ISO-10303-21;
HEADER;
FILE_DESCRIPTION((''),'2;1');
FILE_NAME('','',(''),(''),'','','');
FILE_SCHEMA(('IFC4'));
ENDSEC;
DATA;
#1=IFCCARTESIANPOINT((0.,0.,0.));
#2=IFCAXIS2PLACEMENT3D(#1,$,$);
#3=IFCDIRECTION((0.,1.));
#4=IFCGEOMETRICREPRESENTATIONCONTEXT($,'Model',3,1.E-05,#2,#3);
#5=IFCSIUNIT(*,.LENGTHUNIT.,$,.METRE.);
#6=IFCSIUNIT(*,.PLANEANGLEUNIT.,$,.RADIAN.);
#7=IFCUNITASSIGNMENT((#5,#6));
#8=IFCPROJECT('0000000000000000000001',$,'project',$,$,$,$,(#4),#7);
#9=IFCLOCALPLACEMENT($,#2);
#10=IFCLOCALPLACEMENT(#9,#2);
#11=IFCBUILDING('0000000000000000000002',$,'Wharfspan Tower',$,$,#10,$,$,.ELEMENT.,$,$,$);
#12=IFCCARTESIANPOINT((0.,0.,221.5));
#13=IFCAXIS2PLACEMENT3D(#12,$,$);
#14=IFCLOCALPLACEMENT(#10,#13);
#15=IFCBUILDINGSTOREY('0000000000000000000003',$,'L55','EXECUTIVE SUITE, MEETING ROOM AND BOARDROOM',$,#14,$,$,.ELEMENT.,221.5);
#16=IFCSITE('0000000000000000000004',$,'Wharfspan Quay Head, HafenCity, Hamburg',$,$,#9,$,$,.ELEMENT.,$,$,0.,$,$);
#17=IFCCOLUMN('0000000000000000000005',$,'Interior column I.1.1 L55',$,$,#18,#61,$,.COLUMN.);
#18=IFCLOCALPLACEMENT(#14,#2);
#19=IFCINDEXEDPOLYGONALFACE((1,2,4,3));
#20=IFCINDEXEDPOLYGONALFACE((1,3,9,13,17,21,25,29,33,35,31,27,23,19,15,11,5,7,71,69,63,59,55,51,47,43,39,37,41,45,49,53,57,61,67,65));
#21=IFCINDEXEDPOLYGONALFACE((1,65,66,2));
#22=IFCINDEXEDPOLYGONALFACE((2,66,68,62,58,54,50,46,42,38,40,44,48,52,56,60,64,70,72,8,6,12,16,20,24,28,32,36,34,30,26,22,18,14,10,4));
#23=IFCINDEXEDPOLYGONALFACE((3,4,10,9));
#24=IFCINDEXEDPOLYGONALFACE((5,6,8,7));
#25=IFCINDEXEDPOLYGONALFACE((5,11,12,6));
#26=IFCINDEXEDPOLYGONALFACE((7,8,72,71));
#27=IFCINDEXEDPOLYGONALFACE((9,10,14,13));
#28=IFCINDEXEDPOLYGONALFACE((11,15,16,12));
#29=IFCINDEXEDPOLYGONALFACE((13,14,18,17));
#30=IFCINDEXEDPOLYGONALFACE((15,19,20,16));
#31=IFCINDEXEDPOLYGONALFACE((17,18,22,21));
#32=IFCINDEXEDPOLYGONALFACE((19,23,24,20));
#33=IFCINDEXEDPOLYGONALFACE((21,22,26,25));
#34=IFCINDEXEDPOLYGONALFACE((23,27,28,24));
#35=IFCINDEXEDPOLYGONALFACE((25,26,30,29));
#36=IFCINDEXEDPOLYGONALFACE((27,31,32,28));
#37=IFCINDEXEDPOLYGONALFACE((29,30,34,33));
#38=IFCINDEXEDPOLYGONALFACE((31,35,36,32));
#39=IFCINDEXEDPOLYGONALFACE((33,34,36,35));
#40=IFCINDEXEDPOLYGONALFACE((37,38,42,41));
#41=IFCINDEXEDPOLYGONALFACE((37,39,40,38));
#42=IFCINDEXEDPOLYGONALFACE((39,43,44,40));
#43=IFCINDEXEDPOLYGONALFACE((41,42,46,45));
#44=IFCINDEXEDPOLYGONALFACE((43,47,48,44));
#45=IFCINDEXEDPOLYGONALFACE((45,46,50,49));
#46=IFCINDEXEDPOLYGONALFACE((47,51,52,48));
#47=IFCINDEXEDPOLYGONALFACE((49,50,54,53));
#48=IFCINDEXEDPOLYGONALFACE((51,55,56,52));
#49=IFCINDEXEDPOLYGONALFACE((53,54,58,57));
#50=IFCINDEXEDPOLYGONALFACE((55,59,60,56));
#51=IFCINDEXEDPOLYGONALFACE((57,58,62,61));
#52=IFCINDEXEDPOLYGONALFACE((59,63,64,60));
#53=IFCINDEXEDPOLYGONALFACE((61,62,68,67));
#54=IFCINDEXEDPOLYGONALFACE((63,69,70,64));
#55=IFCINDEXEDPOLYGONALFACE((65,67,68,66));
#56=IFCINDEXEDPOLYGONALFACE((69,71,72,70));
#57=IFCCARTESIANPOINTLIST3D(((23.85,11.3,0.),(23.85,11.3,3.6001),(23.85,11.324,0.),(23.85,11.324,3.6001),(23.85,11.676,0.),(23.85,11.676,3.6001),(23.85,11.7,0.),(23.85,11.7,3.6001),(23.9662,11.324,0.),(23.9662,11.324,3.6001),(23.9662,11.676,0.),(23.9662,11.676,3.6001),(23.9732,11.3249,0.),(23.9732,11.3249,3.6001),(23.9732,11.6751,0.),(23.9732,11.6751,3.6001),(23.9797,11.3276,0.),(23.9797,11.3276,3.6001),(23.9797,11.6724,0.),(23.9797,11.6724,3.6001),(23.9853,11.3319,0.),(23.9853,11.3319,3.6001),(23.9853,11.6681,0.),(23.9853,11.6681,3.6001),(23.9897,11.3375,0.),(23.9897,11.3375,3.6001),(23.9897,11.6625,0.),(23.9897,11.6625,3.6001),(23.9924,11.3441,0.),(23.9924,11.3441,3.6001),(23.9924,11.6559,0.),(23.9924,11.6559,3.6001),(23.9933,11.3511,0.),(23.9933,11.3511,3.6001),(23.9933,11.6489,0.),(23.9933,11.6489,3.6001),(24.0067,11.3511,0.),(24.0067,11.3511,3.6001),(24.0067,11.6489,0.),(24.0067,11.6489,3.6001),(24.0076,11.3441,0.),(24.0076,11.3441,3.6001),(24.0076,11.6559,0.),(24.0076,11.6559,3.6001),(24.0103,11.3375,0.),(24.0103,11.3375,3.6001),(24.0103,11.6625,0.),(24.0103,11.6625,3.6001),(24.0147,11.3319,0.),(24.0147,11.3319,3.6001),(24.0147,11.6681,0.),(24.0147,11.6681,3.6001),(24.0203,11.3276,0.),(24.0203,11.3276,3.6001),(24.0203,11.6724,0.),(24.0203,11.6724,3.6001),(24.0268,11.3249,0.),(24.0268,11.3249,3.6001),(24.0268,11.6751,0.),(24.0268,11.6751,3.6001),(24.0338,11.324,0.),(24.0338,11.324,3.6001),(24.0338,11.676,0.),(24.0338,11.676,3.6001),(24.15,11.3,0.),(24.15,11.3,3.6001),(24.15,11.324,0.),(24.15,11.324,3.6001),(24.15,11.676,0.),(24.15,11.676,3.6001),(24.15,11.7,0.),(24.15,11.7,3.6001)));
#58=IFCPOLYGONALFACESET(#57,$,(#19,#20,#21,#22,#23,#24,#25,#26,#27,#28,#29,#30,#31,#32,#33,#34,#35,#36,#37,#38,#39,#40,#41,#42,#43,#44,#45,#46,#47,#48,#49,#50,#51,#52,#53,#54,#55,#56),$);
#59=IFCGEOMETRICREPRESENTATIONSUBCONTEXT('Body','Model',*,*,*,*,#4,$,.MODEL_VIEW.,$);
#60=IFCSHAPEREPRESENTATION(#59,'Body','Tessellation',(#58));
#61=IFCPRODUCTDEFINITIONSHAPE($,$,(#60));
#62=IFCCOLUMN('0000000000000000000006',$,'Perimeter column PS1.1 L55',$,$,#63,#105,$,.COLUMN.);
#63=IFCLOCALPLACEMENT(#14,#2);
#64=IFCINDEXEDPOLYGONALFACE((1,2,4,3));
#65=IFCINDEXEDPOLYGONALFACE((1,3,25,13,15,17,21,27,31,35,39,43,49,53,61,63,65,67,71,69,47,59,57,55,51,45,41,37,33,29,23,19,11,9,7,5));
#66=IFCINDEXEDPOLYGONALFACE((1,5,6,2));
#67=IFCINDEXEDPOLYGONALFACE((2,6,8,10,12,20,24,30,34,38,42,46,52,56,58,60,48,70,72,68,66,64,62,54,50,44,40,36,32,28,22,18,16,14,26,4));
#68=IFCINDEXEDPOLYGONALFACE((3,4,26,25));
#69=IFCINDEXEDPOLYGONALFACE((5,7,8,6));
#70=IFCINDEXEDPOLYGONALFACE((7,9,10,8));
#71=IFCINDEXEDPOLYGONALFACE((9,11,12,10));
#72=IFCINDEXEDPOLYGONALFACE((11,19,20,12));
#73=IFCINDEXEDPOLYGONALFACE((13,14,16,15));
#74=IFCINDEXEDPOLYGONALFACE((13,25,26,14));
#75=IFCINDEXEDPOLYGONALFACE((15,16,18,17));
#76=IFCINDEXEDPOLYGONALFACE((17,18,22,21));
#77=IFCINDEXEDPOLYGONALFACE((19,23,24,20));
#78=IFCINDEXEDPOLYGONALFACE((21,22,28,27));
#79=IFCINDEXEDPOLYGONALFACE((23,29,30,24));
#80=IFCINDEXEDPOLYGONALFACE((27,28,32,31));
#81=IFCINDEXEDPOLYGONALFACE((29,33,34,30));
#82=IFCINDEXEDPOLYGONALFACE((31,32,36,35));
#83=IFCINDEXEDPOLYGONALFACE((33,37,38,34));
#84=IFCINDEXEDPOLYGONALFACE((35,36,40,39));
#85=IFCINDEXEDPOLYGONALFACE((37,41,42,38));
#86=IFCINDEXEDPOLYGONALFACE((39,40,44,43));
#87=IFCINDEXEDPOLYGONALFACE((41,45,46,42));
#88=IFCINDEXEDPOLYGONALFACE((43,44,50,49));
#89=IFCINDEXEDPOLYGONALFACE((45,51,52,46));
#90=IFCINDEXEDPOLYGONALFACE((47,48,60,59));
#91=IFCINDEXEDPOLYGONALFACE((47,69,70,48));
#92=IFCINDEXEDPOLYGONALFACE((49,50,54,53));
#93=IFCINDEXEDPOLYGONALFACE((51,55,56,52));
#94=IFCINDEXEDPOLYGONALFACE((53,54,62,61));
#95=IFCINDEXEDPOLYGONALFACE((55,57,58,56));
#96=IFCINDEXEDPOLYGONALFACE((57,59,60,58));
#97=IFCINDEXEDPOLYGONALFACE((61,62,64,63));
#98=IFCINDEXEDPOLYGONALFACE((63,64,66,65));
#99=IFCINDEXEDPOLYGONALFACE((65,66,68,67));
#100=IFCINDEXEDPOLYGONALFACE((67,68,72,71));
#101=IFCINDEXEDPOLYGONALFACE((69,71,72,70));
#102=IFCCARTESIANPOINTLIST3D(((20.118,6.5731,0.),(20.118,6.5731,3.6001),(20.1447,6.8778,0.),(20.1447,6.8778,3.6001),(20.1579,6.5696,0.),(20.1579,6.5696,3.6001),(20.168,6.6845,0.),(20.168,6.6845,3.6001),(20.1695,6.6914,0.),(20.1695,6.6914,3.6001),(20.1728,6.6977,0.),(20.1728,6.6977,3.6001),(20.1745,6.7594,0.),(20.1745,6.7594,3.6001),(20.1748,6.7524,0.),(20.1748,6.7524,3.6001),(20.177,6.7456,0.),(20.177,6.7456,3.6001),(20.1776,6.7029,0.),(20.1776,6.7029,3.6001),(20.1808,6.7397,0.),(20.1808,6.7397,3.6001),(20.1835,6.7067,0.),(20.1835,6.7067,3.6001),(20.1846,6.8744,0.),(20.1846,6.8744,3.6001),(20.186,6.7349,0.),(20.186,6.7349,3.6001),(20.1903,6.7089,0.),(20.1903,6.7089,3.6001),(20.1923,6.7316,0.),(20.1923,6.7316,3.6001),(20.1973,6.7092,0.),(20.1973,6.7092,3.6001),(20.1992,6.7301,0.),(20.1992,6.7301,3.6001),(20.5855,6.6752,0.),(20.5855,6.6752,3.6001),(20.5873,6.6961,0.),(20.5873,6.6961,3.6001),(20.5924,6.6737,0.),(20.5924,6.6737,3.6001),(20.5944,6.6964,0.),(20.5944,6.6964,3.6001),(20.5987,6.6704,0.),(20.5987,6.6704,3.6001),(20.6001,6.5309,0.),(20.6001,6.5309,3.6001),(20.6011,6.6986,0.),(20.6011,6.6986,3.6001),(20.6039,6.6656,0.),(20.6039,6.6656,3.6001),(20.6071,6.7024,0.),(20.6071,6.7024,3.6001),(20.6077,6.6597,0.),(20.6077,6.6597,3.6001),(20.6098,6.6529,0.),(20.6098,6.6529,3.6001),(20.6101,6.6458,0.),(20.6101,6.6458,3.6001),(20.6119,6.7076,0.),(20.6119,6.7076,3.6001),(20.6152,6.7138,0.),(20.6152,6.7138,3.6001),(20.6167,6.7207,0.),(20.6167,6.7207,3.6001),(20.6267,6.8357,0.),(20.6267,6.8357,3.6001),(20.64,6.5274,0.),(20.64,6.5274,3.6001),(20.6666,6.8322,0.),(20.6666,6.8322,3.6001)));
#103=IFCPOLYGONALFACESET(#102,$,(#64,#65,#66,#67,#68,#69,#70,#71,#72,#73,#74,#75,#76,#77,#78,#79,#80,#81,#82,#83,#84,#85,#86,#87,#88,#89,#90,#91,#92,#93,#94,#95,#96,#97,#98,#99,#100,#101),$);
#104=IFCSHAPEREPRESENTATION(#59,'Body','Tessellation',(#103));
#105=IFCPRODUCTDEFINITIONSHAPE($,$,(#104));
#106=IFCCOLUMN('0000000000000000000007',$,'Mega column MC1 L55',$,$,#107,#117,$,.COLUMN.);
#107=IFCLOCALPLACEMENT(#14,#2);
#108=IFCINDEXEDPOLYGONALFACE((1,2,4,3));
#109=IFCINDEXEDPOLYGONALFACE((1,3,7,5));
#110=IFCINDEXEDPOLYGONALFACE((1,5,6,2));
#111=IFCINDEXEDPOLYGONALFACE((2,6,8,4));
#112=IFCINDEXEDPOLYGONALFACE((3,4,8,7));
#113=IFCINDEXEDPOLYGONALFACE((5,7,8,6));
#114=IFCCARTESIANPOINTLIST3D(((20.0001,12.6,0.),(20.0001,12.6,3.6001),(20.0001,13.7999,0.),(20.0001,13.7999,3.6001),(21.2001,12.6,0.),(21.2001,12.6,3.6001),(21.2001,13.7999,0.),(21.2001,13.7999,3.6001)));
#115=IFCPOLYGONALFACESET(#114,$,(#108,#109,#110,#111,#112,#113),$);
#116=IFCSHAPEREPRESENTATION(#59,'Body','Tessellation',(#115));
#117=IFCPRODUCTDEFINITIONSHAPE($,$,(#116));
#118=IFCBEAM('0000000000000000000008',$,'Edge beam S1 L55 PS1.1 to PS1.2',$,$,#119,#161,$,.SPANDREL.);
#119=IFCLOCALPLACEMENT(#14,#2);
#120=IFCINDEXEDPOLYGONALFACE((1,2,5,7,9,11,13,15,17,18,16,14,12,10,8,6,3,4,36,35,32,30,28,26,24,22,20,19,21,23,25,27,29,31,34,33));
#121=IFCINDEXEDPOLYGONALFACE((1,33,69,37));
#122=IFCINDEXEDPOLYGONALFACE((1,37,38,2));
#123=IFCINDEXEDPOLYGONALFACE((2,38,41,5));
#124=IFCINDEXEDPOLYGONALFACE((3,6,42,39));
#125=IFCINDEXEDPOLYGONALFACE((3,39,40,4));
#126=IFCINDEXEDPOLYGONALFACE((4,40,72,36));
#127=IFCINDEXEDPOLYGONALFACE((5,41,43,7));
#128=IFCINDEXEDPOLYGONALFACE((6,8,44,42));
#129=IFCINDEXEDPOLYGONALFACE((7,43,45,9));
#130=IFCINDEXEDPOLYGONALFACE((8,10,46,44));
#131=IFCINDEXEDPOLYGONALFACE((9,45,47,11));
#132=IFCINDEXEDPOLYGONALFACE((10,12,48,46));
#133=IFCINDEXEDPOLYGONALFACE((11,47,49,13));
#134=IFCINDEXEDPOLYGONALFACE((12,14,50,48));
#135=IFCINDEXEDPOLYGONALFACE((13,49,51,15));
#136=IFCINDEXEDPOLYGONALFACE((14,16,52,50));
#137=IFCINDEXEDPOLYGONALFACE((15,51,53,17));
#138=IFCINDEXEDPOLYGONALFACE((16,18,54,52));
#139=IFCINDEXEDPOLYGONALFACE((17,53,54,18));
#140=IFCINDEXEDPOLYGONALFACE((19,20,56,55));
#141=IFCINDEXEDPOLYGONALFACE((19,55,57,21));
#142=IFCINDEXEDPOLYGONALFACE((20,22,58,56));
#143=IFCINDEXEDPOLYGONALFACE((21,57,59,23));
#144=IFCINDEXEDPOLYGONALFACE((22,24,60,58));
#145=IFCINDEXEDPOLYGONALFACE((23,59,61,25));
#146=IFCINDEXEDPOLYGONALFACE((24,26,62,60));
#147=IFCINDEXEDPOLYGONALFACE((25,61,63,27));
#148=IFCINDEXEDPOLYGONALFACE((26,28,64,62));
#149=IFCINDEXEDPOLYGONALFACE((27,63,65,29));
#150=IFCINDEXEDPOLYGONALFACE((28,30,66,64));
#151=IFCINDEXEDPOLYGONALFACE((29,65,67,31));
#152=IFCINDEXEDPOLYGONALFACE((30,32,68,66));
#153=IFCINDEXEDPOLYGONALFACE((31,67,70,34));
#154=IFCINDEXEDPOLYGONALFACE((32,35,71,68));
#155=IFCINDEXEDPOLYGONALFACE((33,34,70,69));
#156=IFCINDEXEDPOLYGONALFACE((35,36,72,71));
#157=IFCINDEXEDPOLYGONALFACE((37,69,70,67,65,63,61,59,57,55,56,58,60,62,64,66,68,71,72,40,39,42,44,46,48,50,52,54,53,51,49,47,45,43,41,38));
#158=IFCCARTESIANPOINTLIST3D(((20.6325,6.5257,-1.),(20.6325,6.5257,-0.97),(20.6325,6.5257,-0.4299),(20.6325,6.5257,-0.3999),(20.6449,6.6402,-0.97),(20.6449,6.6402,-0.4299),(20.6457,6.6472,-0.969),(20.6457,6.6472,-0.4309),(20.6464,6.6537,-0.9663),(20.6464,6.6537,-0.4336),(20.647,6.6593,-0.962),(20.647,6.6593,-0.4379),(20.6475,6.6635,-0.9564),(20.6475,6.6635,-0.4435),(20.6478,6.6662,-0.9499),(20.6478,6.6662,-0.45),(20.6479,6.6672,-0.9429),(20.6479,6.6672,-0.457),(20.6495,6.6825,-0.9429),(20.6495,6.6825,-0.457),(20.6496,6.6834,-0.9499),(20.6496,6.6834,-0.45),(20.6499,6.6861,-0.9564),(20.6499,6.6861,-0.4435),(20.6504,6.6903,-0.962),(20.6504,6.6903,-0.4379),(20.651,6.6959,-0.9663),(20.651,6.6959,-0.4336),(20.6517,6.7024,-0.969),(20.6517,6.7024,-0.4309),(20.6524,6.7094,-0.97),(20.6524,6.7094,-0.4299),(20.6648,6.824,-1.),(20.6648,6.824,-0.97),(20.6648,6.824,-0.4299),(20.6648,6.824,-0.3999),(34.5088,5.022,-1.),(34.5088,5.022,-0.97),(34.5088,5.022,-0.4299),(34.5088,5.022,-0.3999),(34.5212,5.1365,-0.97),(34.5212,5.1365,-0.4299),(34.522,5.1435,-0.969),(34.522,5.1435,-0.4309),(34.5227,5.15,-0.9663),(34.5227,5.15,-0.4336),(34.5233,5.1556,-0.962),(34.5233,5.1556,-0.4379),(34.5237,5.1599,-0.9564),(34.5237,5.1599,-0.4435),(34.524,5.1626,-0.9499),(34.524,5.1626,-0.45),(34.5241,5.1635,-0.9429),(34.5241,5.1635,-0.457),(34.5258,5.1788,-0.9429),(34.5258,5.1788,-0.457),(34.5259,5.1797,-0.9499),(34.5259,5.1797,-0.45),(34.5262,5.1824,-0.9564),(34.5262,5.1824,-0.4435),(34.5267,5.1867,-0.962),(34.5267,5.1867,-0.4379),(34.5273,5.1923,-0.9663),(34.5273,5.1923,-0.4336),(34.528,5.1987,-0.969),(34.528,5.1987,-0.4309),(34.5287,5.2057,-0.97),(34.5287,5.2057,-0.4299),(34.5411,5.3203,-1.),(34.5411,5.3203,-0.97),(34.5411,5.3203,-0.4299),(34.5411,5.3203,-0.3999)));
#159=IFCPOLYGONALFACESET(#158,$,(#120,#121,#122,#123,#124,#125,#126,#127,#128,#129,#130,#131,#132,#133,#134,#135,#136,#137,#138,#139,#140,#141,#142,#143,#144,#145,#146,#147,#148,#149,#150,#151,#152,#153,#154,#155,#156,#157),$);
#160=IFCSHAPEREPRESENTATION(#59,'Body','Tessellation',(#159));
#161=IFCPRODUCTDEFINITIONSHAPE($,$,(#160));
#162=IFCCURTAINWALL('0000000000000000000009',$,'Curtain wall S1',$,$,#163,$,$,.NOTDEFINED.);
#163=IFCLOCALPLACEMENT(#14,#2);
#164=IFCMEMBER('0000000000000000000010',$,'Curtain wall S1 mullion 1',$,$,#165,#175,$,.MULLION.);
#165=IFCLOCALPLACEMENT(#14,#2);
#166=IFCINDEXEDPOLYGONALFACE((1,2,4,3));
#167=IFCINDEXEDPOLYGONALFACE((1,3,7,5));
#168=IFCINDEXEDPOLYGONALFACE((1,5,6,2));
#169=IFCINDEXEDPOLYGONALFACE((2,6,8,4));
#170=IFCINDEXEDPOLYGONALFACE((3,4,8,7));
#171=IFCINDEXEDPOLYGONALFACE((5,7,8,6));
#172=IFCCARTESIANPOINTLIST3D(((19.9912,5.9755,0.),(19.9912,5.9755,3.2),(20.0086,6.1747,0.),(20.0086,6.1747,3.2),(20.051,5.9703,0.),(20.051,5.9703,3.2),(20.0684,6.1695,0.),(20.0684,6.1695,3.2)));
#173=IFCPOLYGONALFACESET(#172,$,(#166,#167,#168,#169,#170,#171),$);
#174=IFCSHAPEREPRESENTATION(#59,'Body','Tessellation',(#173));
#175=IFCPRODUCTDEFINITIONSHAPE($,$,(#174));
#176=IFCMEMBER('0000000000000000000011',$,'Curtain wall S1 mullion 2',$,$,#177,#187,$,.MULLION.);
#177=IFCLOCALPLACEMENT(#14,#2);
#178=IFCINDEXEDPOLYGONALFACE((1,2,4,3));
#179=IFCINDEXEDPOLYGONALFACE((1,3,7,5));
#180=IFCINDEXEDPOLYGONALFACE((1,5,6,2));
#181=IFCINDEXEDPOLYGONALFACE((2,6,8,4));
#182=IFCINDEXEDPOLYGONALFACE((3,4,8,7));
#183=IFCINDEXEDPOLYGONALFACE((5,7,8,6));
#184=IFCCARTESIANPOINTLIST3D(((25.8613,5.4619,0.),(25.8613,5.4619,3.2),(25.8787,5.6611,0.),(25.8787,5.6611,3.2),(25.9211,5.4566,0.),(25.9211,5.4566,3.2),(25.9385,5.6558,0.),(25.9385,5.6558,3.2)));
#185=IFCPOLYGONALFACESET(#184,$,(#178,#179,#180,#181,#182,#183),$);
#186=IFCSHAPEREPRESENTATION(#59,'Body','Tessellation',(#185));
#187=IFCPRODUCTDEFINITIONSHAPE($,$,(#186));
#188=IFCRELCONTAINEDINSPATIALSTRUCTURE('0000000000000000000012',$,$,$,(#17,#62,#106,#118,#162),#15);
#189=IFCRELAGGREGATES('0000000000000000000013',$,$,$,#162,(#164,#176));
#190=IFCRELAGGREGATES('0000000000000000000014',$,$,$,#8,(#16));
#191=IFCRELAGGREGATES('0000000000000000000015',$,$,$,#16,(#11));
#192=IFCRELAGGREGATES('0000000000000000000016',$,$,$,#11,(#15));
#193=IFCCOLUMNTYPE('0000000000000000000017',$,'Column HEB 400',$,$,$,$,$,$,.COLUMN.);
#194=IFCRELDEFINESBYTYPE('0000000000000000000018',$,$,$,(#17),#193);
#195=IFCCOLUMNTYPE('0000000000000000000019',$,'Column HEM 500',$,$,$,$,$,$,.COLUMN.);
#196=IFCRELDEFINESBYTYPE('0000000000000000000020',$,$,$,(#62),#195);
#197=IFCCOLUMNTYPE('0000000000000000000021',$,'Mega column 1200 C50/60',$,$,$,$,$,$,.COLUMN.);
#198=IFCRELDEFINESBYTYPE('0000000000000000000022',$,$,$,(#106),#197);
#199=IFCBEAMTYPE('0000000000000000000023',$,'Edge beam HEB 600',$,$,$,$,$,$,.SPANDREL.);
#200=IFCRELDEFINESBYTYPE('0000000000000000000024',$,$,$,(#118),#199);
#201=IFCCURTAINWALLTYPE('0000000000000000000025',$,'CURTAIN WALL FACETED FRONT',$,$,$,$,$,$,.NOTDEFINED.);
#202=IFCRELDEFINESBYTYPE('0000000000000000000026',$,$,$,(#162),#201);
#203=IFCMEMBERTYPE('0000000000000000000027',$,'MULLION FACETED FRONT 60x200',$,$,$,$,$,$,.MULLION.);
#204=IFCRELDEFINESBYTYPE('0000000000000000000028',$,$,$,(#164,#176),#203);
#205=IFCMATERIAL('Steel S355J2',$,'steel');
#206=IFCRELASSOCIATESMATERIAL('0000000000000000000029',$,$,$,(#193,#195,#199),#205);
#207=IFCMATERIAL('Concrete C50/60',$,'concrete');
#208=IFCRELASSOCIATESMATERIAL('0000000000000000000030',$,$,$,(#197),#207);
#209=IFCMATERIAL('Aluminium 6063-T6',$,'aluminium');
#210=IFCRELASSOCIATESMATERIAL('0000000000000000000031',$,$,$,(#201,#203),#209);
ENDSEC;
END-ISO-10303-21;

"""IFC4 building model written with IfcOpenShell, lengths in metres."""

from ifc_helpers import new_model, si_unit, direction, frame, origin, origin_2d, place, context, subcontext, project, spatial, rectangle, i_section, extrude, material, material_profile, profile_set, type_object, element, aggregate, save


model = new_model("IFC4")

# Units and contexts
model_context = context("Model", 3, precision=1e-05, world=origin(), true_north=direction((0.0, 1.0)))
body_context = subcontext(model_context, "Body", "Model", "MODEL_VIEW")
ifc_project = project(units=[si_unit("LENGTHUNIT", "METRE"), si_unit("PLANEANGLEUNIT", "RADIAN")], contexts=[model_context])

# Site, building, storey
site_placement = place(None, origin())
site = spatial("IfcSite", under=ifc_project, at=site_placement, Name="Wharfspan Quay Head, HafenCity, Hamburg", CompositionType="ELEMENT", RefElevation=0.0)
building_placement = place(site_placement, origin())
building = spatial("IfcBuilding", under=site, at=building_placement, Name="Wharfspan Tower", CompositionType="ELEMENT")
storey_placement = place(building_placement, frame((0.0, 0.0, 221.5)))
storey = spatial("IfcBuildingStorey", under=building, at=storey_placement, Name="L55", Description="EXECUTIVE SUITE, MEETING ROOM AND BOARDROOM", CompositionType="ELEMENT", Elevation=221.5)

# Columns
ifc_material_1 = material(Name="Steel S355J2", Category="steel")
ifc_material_profile_1 = material_profile(ifc_material_1, i_section(OverallWidth=0.3, OverallDepth=0.3999, WebThickness=0.0134, FlangeThickness=0.0239, FilletRadius=0.0271, at=origin_2d()))
ifc_profile_set_1 = profile_set([ifc_material_profile_1], Name="Steel S355J2")
column_type_1 = type_object("IfcColumnType", Name="Column HEB 400", PredefinedType="COLUMN", material=ifc_profile_set_1)
column_1_placement = place(storey_placement, frame((24.0, 11.5, 0.0), z_axis=(0.0, 0.0, 1.0), x_axis=(1.0, 0.0, 0.0)))
element("IfcColumn", 1, at=column_1_placement, inside=storey, type_object=column_type_1, Name="Interior column I.1.1 L55", PredefinedType="COLUMN", context=body_context, shape_type="SweptSolid", body=[
    extrude(i_section(OverallWidth=0.3, OverallDepth=0.3999, WebThickness=0.0134, FlangeThickness=0.0239, FilletRadius=0.0271, at=origin_2d()), origin(), (0.0, 0.0, 1.0), 3.6001),
])
ifc_material_profile_2 = material_profile(ifc_material_1, i_section(OverallWidth=0.3059, OverallDepth=0.5239, WebThickness=0.021, FlangeThickness=0.04, FilletRadius=0.0271, at=origin_2d()))
ifc_profile_set_2 = profile_set([ifc_material_profile_2], Name="Steel S355J2")
column_type_2 = type_object("IfcColumnType", Name="Column HEM 500", PredefinedType="COLUMN", material=ifc_profile_set_2)
column_2_placement = place(storey_placement, frame((20.3923, 6.7026, 0.0), z_axis=(0.0, 0.0, 1.0), x_axis=(-0.087156, -0.996197, 0.0)))
element("IfcColumn", 2, at=column_2_placement, inside=storey, type_object=column_type_2, Name="Perimeter column PS1.1 L55", PredefinedType="COLUMN", context=body_context, shape_type="SweptSolid", body=[
    extrude(i_section(OverallWidth=0.3059, OverallDepth=0.5239, WebThickness=0.021, FlangeThickness=0.04, FilletRadius=0.0271, at=origin_2d()), origin(), (0.0, 0.0, 1.0), 3.6001),
])
ifc_material_2 = material(Name="Concrete C50/60", Category="concrete")
ifc_material_profile_3 = material_profile(ifc_material_2, rectangle(XDim=1.2, YDim=1.2, at=origin_2d()))
ifc_profile_set_3 = profile_set([ifc_material_profile_3], Name="Concrete C50/60")
column_type_3 = type_object("IfcColumnType", Name="Mega column 1200 C50/60", PredefinedType="COLUMN", material=ifc_profile_set_3)
column_3_placement = place(storey_placement, frame((20.6001, 13.2, 0.0), z_axis=(0.0, 0.0, 1.0), x_axis=(1.0, 0.0, 0.0)))
element("IfcColumn", 3, at=column_3_placement, inside=storey, type_object=column_type_3, Name="Mega column MC1 L55", PredefinedType="COLUMN", context=body_context, shape_type="SweptSolid", body=[
    extrude(rectangle(XDim=1.2, YDim=1.2, at=origin_2d()), origin(), (0.0, 0.0, 1.0), 3.6001),
])

# Beam
ifc_material_profile_4 = material_profile(ifc_material_1, i_section(OverallWidth=0.3, OverallDepth=0.6001, WebThickness=0.0154, FlangeThickness=0.03, FilletRadius=0.0271, at=origin_2d()))
ifc_profile_set_4 = profile_set([ifc_material_profile_4], Name="Steel S355J2")
beam_type = type_object("IfcBeamType", Name="Edge beam HEB 600", PredefinedType="SPANDREL", material=ifc_profile_set_4)
beam_placement = place(storey_placement, frame((20.6487, 6.6748, -0.7), z_axis=(0.99418, -0.107732, 0.0), x_axis=(0.107732, 0.99418, 0.0)))
element("IfcBeam", 4, at=beam_placement, inside=storey, type_object=beam_type, Name="Edge beam S1 L55 PS1.1 to PS1.2", PredefinedType="SPANDREL", context=body_context, shape_type="SweptSolid", body=[
    extrude(i_section(OverallWidth=0.3, OverallDepth=0.6001, WebThickness=0.0154, FlangeThickness=0.03, FilletRadius=0.0271, at=origin_2d()), origin(), (0.0, 0.0, 1.0), 13.9575),
])

# Curtain wall, members
ifc_material_3 = material(Name="Aluminium 6063-T6", Category="aluminium")
curtain_wall_type_1 = type_object("IfcCurtainWallType", Name="CURTAIN WALL FACETED FRONT", PredefinedType="NOTDEFINED", material=ifc_material_3)
curtain_wall_1_placement = place(storey_placement, origin())
curtain_wall_1 = element("IfcCurtainWall", 5, at=curtain_wall_1_placement, inside=storey, type_object=curtain_wall_type_1, Name="Curtain wall S1", PredefinedType="NOTDEFINED")
ifc_material_profile_5 = material_profile(ifc_material_3, rectangle(XDim=0.2, YDim=0.0601, at=origin_2d()))
ifc_profile_set_5 = profile_set([ifc_material_profile_5], Name="Aluminium 6063-T6")
member_type_1 = type_object("IfcMemberType", Name="MULLION FACETED FRONT 60x200", PredefinedType="MULLION", material=ifc_profile_set_5)
member_1_placement = place(storey_placement, frame((20.0298, 6.0725, 0.0), z_axis=(0.0, 0.0, 1.0), x_axis=(0.087156, 0.996197, 0.0)))
member_1 = element("IfcMember", 6, at=member_1_placement, type_object=member_type_1, Name="Curtain wall S1 mullion 1", PredefinedType="MULLION", context=body_context, shape_type="SweptSolid", body=[
    extrude(rectangle(XDim=0.2, YDim=0.0601, at=origin_2d()), origin(), (0.0, 0.0, 1.0), 3.2),
])
member_2_placement = place(storey_placement, frame((25.8999, 5.5588, 0.0), z_axis=(0.0, 0.0, 1.0), x_axis=(0.087156, 0.996197, 0.0)))
member_2 = element("IfcMember", 7, at=member_2_placement, type_object=member_type_1, Name="Curtain wall S1 mullion 2", PredefinedType="MULLION", context=body_context, shape_type="SweptSolid", body=[
    extrude(rectangle(XDim=0.2, YDim=0.0601, at=origin_2d()), origin(), (0.0, 0.0, 1.0), 3.2),
])

aggregate(curtain_wall_1, [member_1, member_2])

save(model, "model.ifc")
